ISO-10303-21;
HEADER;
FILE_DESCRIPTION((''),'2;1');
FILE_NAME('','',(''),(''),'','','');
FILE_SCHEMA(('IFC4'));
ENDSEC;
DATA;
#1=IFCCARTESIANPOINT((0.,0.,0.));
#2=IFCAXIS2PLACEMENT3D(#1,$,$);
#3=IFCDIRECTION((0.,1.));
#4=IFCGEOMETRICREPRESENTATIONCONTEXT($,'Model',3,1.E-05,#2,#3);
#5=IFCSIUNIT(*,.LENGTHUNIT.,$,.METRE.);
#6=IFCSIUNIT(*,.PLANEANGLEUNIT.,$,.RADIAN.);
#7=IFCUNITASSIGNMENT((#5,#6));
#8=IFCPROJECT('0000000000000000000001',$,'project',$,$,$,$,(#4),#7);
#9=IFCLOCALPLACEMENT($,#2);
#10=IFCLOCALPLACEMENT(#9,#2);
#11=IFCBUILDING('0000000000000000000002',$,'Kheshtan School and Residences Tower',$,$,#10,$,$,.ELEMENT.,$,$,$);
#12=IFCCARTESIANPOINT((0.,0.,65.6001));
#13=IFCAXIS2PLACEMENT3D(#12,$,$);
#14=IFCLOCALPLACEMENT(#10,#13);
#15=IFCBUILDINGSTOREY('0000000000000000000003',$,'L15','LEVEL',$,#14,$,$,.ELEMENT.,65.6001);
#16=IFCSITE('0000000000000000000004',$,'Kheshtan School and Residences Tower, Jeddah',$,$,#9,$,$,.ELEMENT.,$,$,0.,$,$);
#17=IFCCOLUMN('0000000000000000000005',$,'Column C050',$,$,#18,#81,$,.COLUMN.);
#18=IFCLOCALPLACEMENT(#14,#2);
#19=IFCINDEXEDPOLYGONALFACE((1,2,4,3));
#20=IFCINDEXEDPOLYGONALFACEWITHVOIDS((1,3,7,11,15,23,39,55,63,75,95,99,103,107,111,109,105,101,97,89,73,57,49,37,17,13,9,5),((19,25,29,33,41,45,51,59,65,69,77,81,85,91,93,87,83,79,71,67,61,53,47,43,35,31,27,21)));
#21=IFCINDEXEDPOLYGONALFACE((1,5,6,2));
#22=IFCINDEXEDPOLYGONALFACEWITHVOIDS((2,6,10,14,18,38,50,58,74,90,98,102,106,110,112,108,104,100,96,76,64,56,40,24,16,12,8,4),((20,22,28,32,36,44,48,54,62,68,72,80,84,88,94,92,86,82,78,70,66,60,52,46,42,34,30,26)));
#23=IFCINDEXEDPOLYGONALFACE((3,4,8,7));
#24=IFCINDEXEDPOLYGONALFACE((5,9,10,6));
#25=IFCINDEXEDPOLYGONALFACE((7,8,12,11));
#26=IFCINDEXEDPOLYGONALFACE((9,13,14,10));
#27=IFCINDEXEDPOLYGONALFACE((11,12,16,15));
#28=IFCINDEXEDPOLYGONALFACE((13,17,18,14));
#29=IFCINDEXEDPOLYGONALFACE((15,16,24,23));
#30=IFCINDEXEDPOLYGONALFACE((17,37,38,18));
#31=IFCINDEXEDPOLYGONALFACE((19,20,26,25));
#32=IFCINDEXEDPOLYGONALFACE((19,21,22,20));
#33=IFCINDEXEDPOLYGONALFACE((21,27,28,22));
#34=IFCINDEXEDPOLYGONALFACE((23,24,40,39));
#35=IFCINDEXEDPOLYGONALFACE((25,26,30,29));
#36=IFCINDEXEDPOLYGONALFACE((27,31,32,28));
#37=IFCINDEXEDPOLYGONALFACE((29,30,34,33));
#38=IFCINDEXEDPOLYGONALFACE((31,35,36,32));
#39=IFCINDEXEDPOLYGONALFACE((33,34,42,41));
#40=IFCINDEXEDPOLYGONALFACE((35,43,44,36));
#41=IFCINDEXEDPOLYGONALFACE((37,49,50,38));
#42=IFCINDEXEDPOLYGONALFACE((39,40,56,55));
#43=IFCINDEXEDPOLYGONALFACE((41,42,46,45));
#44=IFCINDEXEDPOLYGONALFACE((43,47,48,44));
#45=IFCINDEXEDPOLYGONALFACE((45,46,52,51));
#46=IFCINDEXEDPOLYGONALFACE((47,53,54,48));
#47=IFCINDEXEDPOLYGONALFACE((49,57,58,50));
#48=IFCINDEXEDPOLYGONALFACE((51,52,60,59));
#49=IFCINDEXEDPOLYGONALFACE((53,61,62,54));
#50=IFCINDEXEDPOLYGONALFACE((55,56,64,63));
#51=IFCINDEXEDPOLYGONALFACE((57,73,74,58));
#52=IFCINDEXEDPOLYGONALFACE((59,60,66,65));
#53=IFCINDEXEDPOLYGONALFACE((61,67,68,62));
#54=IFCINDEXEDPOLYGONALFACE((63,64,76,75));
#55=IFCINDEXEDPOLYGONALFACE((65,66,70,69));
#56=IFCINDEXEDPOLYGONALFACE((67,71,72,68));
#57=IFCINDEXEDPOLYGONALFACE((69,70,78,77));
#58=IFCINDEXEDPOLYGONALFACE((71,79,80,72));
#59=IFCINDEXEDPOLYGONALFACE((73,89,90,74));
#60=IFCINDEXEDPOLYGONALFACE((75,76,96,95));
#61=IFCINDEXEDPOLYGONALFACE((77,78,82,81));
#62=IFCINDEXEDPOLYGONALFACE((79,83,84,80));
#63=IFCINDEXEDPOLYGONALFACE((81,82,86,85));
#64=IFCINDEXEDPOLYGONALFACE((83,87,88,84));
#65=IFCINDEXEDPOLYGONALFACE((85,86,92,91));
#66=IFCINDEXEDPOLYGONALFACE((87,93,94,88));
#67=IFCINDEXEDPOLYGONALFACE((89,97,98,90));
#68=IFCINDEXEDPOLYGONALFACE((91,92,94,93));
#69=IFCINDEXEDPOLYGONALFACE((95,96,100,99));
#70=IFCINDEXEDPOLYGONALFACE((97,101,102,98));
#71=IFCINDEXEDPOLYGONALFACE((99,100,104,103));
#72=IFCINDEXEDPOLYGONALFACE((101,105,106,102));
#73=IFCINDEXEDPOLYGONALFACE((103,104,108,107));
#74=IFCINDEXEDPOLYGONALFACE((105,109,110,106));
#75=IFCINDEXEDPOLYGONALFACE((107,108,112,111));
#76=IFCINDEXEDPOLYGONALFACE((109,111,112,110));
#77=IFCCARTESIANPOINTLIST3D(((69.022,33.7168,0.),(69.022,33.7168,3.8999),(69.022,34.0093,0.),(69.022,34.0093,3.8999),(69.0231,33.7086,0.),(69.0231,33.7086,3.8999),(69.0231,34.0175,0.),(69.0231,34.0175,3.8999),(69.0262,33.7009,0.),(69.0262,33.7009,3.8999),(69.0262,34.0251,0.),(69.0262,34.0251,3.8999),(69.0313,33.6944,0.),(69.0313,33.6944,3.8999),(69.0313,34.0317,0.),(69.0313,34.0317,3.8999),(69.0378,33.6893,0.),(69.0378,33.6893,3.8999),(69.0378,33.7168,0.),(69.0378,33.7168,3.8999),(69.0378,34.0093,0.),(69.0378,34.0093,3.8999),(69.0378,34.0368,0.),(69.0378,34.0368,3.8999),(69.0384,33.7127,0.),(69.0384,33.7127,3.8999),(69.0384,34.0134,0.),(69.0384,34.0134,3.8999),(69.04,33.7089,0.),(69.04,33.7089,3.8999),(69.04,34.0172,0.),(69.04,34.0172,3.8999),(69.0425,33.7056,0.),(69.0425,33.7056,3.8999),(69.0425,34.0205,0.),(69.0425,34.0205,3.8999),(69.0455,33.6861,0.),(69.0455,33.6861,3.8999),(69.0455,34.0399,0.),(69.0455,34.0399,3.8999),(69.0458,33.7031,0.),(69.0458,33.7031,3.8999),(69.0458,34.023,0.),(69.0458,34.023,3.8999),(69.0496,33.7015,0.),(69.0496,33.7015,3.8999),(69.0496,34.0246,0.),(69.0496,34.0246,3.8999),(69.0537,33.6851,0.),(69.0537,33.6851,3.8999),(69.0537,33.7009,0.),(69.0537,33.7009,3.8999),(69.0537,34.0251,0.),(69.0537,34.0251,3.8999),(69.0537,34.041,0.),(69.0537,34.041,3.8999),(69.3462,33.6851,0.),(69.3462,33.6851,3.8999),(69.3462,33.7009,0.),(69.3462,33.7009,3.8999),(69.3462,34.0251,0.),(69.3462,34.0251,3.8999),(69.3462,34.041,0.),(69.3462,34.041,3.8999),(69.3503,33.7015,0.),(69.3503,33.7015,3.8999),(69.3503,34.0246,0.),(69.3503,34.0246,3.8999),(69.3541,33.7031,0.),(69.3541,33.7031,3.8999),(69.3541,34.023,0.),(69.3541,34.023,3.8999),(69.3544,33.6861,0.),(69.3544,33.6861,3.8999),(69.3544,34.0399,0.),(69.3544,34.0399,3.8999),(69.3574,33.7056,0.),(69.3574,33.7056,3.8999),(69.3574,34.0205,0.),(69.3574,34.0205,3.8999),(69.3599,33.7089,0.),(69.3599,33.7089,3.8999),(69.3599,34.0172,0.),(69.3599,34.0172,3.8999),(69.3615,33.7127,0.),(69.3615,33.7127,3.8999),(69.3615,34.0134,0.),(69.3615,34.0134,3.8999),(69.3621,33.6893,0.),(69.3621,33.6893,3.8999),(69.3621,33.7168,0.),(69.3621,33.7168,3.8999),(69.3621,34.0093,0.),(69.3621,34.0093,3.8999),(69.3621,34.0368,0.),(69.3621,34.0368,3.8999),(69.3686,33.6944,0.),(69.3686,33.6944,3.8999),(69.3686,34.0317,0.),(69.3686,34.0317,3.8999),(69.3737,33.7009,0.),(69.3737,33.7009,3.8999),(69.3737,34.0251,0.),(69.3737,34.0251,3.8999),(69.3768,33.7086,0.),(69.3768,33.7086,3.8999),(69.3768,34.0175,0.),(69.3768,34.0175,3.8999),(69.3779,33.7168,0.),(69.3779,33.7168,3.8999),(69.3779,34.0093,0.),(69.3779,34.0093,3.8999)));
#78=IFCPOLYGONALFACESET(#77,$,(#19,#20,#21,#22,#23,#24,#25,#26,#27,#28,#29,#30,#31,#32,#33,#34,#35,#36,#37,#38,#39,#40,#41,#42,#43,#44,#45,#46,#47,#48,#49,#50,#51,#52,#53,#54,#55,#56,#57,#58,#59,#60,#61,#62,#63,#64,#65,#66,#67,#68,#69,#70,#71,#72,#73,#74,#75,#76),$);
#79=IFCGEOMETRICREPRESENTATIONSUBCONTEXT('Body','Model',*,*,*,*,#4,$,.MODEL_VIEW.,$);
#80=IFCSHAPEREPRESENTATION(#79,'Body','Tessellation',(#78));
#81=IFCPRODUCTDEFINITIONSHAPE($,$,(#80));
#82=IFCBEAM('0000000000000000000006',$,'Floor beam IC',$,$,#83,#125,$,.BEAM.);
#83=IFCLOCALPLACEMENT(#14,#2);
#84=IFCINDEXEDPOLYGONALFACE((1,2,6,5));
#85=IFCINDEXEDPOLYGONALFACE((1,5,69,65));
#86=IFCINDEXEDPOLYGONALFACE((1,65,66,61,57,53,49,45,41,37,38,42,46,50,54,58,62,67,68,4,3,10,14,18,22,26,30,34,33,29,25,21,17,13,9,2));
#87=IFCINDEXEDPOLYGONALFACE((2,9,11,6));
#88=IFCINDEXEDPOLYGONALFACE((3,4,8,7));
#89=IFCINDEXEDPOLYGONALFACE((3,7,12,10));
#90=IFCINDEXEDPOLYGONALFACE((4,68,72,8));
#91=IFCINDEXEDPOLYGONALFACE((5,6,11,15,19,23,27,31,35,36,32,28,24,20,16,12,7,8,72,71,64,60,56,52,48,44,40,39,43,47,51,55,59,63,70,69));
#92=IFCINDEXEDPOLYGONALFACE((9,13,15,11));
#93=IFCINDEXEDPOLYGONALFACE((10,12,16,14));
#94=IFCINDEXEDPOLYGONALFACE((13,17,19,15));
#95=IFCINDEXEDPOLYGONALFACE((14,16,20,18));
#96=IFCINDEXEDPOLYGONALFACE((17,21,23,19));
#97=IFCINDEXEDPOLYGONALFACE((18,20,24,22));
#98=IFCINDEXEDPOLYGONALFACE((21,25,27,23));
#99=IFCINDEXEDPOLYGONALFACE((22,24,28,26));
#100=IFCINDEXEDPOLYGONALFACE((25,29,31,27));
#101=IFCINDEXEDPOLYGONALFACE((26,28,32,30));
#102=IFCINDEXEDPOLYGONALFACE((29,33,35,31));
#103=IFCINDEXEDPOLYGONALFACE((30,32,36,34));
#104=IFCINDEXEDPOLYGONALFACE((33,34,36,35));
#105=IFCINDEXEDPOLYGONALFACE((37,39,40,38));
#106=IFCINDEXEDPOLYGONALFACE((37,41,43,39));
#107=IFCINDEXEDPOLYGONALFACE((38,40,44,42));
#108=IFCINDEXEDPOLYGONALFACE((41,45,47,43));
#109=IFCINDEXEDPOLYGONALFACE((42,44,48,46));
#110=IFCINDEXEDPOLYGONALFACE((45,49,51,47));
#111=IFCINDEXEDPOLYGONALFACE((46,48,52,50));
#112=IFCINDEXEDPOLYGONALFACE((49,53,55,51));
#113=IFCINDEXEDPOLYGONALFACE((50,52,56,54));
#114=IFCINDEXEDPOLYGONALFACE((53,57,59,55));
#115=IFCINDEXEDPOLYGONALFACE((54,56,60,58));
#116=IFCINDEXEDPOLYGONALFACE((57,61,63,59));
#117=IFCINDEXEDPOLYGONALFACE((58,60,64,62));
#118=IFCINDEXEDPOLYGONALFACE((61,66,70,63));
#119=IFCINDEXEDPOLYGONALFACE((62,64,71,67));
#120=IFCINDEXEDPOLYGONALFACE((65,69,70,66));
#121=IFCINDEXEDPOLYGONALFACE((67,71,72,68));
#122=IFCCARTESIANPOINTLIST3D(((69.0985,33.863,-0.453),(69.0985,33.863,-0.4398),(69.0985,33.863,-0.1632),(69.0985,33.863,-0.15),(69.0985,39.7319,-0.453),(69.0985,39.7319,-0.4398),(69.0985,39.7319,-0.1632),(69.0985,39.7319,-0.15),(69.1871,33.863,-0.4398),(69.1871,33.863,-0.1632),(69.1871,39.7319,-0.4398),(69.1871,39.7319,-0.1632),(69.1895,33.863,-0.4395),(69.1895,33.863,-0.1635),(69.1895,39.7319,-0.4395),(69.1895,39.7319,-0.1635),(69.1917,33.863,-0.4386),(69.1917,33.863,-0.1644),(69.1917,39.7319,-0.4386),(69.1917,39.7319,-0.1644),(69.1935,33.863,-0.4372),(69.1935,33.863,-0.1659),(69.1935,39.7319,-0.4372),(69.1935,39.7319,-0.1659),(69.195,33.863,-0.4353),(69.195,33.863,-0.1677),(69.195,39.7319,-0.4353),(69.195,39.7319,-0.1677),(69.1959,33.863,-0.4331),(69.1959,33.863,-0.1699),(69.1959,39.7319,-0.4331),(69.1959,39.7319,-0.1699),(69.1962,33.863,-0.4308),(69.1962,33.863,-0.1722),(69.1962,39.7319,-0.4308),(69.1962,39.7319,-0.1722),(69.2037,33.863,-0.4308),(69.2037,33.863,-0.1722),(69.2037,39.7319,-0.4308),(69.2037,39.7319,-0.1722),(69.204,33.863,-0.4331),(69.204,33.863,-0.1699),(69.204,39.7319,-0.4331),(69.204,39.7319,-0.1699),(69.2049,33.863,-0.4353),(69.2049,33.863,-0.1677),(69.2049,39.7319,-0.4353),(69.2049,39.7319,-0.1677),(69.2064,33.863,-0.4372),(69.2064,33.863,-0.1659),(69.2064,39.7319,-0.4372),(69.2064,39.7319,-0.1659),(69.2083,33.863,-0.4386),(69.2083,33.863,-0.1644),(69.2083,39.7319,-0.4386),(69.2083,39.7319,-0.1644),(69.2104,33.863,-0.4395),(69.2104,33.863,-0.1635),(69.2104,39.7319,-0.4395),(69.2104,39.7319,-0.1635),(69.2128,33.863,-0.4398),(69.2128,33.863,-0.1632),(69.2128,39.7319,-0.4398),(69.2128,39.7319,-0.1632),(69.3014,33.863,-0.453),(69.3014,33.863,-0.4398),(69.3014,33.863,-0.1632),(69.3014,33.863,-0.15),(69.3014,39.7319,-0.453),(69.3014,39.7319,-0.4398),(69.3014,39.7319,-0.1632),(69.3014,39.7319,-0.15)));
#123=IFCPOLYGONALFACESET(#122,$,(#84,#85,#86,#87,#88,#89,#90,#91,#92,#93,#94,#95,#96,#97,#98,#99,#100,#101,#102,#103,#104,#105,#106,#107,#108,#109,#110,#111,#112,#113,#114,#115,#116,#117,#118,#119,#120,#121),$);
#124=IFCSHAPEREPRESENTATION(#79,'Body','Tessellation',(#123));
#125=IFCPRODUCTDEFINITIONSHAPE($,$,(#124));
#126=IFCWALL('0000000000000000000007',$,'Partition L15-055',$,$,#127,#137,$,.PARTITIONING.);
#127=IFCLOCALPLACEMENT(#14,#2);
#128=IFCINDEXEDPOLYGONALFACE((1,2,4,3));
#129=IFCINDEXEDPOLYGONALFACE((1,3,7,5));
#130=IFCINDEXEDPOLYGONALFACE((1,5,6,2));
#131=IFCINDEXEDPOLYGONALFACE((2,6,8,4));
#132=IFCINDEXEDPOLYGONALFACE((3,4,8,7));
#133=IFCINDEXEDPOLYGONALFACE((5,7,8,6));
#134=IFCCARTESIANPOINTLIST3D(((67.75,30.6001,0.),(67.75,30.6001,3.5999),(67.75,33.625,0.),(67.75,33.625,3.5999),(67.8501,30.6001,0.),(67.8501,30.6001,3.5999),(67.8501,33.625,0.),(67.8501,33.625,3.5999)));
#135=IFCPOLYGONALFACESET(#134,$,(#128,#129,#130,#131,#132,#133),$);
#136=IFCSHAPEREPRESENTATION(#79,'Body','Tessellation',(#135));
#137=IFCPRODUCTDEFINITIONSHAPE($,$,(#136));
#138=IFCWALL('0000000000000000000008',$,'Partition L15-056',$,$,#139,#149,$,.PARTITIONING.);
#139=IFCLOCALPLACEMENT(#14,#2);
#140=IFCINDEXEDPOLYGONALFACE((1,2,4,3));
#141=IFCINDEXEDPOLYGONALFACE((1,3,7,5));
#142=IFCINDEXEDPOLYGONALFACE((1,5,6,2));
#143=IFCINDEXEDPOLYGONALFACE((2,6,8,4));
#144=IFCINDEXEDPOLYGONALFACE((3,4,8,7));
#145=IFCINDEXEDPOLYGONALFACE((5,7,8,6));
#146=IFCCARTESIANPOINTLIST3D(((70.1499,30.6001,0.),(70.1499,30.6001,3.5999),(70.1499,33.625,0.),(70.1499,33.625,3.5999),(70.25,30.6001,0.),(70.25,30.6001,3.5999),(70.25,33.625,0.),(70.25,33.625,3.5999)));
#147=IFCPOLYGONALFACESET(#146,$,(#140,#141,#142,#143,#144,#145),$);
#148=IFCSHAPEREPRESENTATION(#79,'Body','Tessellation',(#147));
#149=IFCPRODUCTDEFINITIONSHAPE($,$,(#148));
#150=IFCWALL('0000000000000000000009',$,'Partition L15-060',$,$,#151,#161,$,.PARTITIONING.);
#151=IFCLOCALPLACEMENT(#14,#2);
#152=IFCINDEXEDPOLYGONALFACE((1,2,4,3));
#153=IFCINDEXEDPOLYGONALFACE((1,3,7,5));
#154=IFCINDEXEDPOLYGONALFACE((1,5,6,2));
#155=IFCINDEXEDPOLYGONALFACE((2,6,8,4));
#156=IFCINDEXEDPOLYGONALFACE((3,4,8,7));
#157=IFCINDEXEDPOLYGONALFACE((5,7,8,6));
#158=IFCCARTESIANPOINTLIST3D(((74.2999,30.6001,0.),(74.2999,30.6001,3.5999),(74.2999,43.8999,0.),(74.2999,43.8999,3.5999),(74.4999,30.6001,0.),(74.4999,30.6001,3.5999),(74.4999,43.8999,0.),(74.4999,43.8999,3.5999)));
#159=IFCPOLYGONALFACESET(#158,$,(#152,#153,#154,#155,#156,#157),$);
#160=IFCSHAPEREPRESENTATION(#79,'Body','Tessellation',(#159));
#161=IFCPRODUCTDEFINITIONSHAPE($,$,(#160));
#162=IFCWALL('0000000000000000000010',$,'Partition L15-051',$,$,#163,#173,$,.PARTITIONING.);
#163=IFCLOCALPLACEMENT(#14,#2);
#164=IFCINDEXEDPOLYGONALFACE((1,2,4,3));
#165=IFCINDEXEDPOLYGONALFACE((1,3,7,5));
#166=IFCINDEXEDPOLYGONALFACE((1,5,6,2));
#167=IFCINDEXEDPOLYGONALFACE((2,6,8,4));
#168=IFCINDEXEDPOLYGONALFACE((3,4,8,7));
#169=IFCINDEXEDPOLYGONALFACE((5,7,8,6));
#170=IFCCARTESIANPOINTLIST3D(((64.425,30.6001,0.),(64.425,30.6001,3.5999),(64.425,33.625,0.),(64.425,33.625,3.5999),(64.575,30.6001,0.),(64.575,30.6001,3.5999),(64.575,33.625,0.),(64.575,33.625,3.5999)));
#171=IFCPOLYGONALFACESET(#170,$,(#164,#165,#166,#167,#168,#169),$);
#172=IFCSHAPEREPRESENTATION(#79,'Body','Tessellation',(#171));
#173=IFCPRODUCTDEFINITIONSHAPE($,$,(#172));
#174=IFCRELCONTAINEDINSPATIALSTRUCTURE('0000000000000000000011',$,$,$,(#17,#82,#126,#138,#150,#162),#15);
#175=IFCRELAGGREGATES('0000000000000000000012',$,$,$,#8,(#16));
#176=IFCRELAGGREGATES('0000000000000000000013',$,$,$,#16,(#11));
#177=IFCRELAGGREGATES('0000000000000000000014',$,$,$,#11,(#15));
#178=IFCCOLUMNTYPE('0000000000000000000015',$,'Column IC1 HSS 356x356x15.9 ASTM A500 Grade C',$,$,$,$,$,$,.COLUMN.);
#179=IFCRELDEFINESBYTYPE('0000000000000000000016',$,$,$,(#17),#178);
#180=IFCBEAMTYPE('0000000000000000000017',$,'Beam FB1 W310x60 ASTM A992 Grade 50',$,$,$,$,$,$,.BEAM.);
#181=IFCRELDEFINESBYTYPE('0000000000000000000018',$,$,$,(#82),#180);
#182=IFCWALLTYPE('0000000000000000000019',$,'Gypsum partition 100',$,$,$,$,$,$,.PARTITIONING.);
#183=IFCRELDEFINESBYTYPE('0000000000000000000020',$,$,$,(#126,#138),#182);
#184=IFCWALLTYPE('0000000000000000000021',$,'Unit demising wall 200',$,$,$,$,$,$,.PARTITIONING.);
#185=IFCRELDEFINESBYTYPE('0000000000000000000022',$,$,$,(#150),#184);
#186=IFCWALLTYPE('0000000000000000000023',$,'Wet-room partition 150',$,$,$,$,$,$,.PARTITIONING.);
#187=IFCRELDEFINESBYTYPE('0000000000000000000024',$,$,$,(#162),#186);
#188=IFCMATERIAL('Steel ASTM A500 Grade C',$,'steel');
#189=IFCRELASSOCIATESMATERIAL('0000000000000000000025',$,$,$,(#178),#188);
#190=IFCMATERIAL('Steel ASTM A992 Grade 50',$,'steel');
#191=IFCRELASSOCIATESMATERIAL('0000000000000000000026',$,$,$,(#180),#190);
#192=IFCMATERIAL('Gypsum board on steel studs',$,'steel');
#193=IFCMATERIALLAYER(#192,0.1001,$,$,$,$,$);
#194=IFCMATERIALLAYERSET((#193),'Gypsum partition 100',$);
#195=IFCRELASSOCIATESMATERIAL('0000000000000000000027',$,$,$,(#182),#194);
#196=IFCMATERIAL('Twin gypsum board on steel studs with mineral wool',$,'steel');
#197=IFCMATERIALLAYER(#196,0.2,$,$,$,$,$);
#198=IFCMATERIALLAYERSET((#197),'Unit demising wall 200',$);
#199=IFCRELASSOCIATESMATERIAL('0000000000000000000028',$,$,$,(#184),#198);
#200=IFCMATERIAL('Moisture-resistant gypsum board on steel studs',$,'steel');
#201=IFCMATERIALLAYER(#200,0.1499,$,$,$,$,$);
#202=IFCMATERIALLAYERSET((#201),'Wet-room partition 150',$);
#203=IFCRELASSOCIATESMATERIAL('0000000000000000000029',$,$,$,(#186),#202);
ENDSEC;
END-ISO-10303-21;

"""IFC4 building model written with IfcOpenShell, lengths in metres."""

from ifc_helpers import new_model, si_unit, direction, frame, frame_2d, origin, origin_2d, place, context, subcontext, project, spatial, rectangle, hollow_rectangle, i_section, extrude, material, layer, layer_set, material_profile, profile_set, type_object, element, save


model = new_model("IFC4")

# Units and contexts
model_context = context("Model", 3, precision=1e-05, world=origin(), true_north=direction((0.0, 1.0)))
body_context = subcontext(model_context, "Body", "Model", "MODEL_VIEW")
ifc_project = project(units=[si_unit("LENGTHUNIT", "METRE"), si_unit("PLANEANGLEUNIT", "RADIAN")], contexts=[model_context])

# Site, building, storey
site_placement = place(None, origin())
site = spatial("IfcSite", under=ifc_project, at=site_placement, Name="Kheshtan School and Residences Tower, Jeddah", CompositionType="ELEMENT", RefElevation=0.0)
building_placement = place(site_placement, origin())
building = spatial("IfcBuilding", under=site, at=building_placement, Name="Kheshtan School and Residences Tower", CompositionType="ELEMENT")
storey_placement = place(building_placement, frame((0.0, 0.0, 65.6001)))
storey = spatial("IfcBuildingStorey", under=building, at=storey_placement, Name="L15", Description="LEVEL", CompositionType="ELEMENT", Elevation=65.6001)

# Column
ifc_material_1 = material(Name="Steel ASTM A500 Grade C", Category="steel")
ifc_material_profile_1 = material_profile(ifc_material_1, hollow_rectangle(XDim=0.356, YDim=0.356, WallThickness=0.0159, InnerFilletRadius=0.0159, OuterFilletRadius=0.0317, at=origin_2d()), Name="HSS 356x356x15.9")
ifc_profile_set_1 = profile_set([ifc_material_profile_1], Name="Steel ASTM A500 Grade C")
column_type = type_object("IfcColumnType", Name="Column IC1 HSS 356x356x15.9 ASTM A500 Grade C", PredefinedType="COLUMN", material=ifc_profile_set_1)
column_placement = place(storey_placement, frame((69.2, 33.863, 0.0), z_axis=(0.0, 0.0, 1.0), x_axis=(1.0, 0.0, 0.0)))
element("IfcColumn", 1, at=column_placement, inside=storey, type_object=column_type, Name="Column C050", PredefinedType="COLUMN", context=body_context, shape_type="SweptSolid", body=[
    extrude(hollow_rectangle(XDim=0.356, YDim=0.356, WallThickness=0.0159, InnerFilletRadius=0.0159, OuterFilletRadius=0.0317, at=origin_2d()), origin(), (0.0, 0.0, 1.0), 3.8999),
])

# Beam
ifc_material_2 = material(Name="Steel ASTM A992 Grade 50", Category="steel")
ifc_material_profile_2 = material_profile(ifc_material_2, i_section(OverallWidth=0.2029, OverallDepth=0.303, WebThickness=0.0076, FlangeThickness=0.0132, FilletRadius=0.009, at=origin_2d()), Name="W310x60")
ifc_profile_set_2 = profile_set([ifc_material_profile_2], Name="Steel ASTM A992 Grade 50")
beam_type = type_object("IfcBeamType", Name="Beam FB1 W310x60 ASTM A992 Grade 50", PredefinedType="BEAM", material=ifc_profile_set_2)
beam_placement = place(storey_placement, frame((69.2, 33.863, -0.3015), z_axis=(0.0, 1.0, 0.0), x_axis=(-1.0, 0.0, 0.0)))
element("IfcBeam", 2, at=beam_placement, inside=storey, type_object=beam_type, Name="Floor beam IC", PredefinedType="BEAM", context=body_context, shape_type="SweptSolid", body=[
    extrude(i_section(OverallWidth=0.2029, OverallDepth=0.303, WebThickness=0.0076, FlangeThickness=0.0132, FilletRadius=0.009, at=origin_2d()), origin(), (0.0, 0.0, 1.0), 5.8689),
])

# Walls
ifc_material_3 = material(Name="Gypsum board on steel studs", Category="steel")
ifc_layer_1 = layer(ifc_material_3, 0.1001)
ifc_layer_set_1 = layer_set([ifc_layer_1], Name="Gypsum partition 100")
wall_type_1 = type_object("IfcWallType", Name="Gypsum partition 100", PredefinedType="PARTITIONING", material=ifc_layer_set_1)
for number, where, z_axis, x_axis, name in (
    (3, (67.8, 30.6001, 0.0), (0.0, 0.0, 1.0), (0.0, 1.0, 0.0), "Partition L15-055"),
    (4, (70.2, 30.6001, 0.0), (0.0, 0.0, 1.0), (0.0, 1.0, 0.0), "Partition L15-056"),
):
    element("IfcWall", number, at=place(storey_placement, frame(where, z_axis=z_axis, x_axis=x_axis)), inside=storey, type_object=wall_type_1, Name=name, PredefinedType="PARTITIONING", context=body_context, shape_type="SweptSolid", body=[
        extrude(rectangle(XDim=3.0249, YDim=0.1001, at=frame_2d((1.5125, 0.0))), origin(), (0.0, 0.0, 1.0), 3.5999),
    ])
ifc_material_4 = material(Name="Twin gypsum board on steel studs with mineral wool", Category="steel")
ifc_layer_2 = layer(ifc_material_4, 0.2)
ifc_layer_set_2 = layer_set([ifc_layer_2], Name="Unit demising wall 200")
wall_type_2 = type_object("IfcWallType", Name="Unit demising wall 200", PredefinedType="PARTITIONING", material=ifc_layer_set_2)
wall_1_placement = place(storey_placement, frame((74.3999, 30.6001, 0.0), z_axis=(0.0, 0.0, 1.0), x_axis=(0.0, 1.0, 0.0)))
element("IfcWall", 5, at=wall_1_placement, inside=storey, type_object=wall_type_2, Name="Partition L15-060", PredefinedType="PARTITIONING", context=body_context, shape_type="SweptSolid", body=[
    extrude(rectangle(XDim=13.2998, YDim=0.2, at=frame_2d((6.6499, 0.0))), origin(), (0.0, 0.0, 1.0), 3.5999),
])
ifc_material_5 = material(Name="Moisture-resistant gypsum board on steel studs", Category="steel")
ifc_layer_3 = layer(ifc_material_5, 0.1499)
ifc_layer_set_3 = layer_set([ifc_layer_3], Name="Wet-room partition 150")
wall_type_3 = type_object("IfcWallType", Name="Wet-room partition 150", PredefinedType="PARTITIONING", material=ifc_layer_set_3)
wall_2_placement = place(storey_placement, frame((64.5, 30.6001, 0.0), z_axis=(0.0, 0.0, 1.0), x_axis=(0.0, 1.0, 0.0)))
element("IfcWall", 6, at=wall_2_placement, inside=storey, type_object=wall_type_3, Name="Partition L15-051", PredefinedType="PARTITIONING", context=body_context, shape_type="SweptSolid", body=[
    extrude(rectangle(XDim=3.0249, YDim=0.1499, at=frame_2d((1.5125, 0.0))), origin(), (0.0, 0.0, 1.0), 3.5999),
])

save(model, "model.ifc")
